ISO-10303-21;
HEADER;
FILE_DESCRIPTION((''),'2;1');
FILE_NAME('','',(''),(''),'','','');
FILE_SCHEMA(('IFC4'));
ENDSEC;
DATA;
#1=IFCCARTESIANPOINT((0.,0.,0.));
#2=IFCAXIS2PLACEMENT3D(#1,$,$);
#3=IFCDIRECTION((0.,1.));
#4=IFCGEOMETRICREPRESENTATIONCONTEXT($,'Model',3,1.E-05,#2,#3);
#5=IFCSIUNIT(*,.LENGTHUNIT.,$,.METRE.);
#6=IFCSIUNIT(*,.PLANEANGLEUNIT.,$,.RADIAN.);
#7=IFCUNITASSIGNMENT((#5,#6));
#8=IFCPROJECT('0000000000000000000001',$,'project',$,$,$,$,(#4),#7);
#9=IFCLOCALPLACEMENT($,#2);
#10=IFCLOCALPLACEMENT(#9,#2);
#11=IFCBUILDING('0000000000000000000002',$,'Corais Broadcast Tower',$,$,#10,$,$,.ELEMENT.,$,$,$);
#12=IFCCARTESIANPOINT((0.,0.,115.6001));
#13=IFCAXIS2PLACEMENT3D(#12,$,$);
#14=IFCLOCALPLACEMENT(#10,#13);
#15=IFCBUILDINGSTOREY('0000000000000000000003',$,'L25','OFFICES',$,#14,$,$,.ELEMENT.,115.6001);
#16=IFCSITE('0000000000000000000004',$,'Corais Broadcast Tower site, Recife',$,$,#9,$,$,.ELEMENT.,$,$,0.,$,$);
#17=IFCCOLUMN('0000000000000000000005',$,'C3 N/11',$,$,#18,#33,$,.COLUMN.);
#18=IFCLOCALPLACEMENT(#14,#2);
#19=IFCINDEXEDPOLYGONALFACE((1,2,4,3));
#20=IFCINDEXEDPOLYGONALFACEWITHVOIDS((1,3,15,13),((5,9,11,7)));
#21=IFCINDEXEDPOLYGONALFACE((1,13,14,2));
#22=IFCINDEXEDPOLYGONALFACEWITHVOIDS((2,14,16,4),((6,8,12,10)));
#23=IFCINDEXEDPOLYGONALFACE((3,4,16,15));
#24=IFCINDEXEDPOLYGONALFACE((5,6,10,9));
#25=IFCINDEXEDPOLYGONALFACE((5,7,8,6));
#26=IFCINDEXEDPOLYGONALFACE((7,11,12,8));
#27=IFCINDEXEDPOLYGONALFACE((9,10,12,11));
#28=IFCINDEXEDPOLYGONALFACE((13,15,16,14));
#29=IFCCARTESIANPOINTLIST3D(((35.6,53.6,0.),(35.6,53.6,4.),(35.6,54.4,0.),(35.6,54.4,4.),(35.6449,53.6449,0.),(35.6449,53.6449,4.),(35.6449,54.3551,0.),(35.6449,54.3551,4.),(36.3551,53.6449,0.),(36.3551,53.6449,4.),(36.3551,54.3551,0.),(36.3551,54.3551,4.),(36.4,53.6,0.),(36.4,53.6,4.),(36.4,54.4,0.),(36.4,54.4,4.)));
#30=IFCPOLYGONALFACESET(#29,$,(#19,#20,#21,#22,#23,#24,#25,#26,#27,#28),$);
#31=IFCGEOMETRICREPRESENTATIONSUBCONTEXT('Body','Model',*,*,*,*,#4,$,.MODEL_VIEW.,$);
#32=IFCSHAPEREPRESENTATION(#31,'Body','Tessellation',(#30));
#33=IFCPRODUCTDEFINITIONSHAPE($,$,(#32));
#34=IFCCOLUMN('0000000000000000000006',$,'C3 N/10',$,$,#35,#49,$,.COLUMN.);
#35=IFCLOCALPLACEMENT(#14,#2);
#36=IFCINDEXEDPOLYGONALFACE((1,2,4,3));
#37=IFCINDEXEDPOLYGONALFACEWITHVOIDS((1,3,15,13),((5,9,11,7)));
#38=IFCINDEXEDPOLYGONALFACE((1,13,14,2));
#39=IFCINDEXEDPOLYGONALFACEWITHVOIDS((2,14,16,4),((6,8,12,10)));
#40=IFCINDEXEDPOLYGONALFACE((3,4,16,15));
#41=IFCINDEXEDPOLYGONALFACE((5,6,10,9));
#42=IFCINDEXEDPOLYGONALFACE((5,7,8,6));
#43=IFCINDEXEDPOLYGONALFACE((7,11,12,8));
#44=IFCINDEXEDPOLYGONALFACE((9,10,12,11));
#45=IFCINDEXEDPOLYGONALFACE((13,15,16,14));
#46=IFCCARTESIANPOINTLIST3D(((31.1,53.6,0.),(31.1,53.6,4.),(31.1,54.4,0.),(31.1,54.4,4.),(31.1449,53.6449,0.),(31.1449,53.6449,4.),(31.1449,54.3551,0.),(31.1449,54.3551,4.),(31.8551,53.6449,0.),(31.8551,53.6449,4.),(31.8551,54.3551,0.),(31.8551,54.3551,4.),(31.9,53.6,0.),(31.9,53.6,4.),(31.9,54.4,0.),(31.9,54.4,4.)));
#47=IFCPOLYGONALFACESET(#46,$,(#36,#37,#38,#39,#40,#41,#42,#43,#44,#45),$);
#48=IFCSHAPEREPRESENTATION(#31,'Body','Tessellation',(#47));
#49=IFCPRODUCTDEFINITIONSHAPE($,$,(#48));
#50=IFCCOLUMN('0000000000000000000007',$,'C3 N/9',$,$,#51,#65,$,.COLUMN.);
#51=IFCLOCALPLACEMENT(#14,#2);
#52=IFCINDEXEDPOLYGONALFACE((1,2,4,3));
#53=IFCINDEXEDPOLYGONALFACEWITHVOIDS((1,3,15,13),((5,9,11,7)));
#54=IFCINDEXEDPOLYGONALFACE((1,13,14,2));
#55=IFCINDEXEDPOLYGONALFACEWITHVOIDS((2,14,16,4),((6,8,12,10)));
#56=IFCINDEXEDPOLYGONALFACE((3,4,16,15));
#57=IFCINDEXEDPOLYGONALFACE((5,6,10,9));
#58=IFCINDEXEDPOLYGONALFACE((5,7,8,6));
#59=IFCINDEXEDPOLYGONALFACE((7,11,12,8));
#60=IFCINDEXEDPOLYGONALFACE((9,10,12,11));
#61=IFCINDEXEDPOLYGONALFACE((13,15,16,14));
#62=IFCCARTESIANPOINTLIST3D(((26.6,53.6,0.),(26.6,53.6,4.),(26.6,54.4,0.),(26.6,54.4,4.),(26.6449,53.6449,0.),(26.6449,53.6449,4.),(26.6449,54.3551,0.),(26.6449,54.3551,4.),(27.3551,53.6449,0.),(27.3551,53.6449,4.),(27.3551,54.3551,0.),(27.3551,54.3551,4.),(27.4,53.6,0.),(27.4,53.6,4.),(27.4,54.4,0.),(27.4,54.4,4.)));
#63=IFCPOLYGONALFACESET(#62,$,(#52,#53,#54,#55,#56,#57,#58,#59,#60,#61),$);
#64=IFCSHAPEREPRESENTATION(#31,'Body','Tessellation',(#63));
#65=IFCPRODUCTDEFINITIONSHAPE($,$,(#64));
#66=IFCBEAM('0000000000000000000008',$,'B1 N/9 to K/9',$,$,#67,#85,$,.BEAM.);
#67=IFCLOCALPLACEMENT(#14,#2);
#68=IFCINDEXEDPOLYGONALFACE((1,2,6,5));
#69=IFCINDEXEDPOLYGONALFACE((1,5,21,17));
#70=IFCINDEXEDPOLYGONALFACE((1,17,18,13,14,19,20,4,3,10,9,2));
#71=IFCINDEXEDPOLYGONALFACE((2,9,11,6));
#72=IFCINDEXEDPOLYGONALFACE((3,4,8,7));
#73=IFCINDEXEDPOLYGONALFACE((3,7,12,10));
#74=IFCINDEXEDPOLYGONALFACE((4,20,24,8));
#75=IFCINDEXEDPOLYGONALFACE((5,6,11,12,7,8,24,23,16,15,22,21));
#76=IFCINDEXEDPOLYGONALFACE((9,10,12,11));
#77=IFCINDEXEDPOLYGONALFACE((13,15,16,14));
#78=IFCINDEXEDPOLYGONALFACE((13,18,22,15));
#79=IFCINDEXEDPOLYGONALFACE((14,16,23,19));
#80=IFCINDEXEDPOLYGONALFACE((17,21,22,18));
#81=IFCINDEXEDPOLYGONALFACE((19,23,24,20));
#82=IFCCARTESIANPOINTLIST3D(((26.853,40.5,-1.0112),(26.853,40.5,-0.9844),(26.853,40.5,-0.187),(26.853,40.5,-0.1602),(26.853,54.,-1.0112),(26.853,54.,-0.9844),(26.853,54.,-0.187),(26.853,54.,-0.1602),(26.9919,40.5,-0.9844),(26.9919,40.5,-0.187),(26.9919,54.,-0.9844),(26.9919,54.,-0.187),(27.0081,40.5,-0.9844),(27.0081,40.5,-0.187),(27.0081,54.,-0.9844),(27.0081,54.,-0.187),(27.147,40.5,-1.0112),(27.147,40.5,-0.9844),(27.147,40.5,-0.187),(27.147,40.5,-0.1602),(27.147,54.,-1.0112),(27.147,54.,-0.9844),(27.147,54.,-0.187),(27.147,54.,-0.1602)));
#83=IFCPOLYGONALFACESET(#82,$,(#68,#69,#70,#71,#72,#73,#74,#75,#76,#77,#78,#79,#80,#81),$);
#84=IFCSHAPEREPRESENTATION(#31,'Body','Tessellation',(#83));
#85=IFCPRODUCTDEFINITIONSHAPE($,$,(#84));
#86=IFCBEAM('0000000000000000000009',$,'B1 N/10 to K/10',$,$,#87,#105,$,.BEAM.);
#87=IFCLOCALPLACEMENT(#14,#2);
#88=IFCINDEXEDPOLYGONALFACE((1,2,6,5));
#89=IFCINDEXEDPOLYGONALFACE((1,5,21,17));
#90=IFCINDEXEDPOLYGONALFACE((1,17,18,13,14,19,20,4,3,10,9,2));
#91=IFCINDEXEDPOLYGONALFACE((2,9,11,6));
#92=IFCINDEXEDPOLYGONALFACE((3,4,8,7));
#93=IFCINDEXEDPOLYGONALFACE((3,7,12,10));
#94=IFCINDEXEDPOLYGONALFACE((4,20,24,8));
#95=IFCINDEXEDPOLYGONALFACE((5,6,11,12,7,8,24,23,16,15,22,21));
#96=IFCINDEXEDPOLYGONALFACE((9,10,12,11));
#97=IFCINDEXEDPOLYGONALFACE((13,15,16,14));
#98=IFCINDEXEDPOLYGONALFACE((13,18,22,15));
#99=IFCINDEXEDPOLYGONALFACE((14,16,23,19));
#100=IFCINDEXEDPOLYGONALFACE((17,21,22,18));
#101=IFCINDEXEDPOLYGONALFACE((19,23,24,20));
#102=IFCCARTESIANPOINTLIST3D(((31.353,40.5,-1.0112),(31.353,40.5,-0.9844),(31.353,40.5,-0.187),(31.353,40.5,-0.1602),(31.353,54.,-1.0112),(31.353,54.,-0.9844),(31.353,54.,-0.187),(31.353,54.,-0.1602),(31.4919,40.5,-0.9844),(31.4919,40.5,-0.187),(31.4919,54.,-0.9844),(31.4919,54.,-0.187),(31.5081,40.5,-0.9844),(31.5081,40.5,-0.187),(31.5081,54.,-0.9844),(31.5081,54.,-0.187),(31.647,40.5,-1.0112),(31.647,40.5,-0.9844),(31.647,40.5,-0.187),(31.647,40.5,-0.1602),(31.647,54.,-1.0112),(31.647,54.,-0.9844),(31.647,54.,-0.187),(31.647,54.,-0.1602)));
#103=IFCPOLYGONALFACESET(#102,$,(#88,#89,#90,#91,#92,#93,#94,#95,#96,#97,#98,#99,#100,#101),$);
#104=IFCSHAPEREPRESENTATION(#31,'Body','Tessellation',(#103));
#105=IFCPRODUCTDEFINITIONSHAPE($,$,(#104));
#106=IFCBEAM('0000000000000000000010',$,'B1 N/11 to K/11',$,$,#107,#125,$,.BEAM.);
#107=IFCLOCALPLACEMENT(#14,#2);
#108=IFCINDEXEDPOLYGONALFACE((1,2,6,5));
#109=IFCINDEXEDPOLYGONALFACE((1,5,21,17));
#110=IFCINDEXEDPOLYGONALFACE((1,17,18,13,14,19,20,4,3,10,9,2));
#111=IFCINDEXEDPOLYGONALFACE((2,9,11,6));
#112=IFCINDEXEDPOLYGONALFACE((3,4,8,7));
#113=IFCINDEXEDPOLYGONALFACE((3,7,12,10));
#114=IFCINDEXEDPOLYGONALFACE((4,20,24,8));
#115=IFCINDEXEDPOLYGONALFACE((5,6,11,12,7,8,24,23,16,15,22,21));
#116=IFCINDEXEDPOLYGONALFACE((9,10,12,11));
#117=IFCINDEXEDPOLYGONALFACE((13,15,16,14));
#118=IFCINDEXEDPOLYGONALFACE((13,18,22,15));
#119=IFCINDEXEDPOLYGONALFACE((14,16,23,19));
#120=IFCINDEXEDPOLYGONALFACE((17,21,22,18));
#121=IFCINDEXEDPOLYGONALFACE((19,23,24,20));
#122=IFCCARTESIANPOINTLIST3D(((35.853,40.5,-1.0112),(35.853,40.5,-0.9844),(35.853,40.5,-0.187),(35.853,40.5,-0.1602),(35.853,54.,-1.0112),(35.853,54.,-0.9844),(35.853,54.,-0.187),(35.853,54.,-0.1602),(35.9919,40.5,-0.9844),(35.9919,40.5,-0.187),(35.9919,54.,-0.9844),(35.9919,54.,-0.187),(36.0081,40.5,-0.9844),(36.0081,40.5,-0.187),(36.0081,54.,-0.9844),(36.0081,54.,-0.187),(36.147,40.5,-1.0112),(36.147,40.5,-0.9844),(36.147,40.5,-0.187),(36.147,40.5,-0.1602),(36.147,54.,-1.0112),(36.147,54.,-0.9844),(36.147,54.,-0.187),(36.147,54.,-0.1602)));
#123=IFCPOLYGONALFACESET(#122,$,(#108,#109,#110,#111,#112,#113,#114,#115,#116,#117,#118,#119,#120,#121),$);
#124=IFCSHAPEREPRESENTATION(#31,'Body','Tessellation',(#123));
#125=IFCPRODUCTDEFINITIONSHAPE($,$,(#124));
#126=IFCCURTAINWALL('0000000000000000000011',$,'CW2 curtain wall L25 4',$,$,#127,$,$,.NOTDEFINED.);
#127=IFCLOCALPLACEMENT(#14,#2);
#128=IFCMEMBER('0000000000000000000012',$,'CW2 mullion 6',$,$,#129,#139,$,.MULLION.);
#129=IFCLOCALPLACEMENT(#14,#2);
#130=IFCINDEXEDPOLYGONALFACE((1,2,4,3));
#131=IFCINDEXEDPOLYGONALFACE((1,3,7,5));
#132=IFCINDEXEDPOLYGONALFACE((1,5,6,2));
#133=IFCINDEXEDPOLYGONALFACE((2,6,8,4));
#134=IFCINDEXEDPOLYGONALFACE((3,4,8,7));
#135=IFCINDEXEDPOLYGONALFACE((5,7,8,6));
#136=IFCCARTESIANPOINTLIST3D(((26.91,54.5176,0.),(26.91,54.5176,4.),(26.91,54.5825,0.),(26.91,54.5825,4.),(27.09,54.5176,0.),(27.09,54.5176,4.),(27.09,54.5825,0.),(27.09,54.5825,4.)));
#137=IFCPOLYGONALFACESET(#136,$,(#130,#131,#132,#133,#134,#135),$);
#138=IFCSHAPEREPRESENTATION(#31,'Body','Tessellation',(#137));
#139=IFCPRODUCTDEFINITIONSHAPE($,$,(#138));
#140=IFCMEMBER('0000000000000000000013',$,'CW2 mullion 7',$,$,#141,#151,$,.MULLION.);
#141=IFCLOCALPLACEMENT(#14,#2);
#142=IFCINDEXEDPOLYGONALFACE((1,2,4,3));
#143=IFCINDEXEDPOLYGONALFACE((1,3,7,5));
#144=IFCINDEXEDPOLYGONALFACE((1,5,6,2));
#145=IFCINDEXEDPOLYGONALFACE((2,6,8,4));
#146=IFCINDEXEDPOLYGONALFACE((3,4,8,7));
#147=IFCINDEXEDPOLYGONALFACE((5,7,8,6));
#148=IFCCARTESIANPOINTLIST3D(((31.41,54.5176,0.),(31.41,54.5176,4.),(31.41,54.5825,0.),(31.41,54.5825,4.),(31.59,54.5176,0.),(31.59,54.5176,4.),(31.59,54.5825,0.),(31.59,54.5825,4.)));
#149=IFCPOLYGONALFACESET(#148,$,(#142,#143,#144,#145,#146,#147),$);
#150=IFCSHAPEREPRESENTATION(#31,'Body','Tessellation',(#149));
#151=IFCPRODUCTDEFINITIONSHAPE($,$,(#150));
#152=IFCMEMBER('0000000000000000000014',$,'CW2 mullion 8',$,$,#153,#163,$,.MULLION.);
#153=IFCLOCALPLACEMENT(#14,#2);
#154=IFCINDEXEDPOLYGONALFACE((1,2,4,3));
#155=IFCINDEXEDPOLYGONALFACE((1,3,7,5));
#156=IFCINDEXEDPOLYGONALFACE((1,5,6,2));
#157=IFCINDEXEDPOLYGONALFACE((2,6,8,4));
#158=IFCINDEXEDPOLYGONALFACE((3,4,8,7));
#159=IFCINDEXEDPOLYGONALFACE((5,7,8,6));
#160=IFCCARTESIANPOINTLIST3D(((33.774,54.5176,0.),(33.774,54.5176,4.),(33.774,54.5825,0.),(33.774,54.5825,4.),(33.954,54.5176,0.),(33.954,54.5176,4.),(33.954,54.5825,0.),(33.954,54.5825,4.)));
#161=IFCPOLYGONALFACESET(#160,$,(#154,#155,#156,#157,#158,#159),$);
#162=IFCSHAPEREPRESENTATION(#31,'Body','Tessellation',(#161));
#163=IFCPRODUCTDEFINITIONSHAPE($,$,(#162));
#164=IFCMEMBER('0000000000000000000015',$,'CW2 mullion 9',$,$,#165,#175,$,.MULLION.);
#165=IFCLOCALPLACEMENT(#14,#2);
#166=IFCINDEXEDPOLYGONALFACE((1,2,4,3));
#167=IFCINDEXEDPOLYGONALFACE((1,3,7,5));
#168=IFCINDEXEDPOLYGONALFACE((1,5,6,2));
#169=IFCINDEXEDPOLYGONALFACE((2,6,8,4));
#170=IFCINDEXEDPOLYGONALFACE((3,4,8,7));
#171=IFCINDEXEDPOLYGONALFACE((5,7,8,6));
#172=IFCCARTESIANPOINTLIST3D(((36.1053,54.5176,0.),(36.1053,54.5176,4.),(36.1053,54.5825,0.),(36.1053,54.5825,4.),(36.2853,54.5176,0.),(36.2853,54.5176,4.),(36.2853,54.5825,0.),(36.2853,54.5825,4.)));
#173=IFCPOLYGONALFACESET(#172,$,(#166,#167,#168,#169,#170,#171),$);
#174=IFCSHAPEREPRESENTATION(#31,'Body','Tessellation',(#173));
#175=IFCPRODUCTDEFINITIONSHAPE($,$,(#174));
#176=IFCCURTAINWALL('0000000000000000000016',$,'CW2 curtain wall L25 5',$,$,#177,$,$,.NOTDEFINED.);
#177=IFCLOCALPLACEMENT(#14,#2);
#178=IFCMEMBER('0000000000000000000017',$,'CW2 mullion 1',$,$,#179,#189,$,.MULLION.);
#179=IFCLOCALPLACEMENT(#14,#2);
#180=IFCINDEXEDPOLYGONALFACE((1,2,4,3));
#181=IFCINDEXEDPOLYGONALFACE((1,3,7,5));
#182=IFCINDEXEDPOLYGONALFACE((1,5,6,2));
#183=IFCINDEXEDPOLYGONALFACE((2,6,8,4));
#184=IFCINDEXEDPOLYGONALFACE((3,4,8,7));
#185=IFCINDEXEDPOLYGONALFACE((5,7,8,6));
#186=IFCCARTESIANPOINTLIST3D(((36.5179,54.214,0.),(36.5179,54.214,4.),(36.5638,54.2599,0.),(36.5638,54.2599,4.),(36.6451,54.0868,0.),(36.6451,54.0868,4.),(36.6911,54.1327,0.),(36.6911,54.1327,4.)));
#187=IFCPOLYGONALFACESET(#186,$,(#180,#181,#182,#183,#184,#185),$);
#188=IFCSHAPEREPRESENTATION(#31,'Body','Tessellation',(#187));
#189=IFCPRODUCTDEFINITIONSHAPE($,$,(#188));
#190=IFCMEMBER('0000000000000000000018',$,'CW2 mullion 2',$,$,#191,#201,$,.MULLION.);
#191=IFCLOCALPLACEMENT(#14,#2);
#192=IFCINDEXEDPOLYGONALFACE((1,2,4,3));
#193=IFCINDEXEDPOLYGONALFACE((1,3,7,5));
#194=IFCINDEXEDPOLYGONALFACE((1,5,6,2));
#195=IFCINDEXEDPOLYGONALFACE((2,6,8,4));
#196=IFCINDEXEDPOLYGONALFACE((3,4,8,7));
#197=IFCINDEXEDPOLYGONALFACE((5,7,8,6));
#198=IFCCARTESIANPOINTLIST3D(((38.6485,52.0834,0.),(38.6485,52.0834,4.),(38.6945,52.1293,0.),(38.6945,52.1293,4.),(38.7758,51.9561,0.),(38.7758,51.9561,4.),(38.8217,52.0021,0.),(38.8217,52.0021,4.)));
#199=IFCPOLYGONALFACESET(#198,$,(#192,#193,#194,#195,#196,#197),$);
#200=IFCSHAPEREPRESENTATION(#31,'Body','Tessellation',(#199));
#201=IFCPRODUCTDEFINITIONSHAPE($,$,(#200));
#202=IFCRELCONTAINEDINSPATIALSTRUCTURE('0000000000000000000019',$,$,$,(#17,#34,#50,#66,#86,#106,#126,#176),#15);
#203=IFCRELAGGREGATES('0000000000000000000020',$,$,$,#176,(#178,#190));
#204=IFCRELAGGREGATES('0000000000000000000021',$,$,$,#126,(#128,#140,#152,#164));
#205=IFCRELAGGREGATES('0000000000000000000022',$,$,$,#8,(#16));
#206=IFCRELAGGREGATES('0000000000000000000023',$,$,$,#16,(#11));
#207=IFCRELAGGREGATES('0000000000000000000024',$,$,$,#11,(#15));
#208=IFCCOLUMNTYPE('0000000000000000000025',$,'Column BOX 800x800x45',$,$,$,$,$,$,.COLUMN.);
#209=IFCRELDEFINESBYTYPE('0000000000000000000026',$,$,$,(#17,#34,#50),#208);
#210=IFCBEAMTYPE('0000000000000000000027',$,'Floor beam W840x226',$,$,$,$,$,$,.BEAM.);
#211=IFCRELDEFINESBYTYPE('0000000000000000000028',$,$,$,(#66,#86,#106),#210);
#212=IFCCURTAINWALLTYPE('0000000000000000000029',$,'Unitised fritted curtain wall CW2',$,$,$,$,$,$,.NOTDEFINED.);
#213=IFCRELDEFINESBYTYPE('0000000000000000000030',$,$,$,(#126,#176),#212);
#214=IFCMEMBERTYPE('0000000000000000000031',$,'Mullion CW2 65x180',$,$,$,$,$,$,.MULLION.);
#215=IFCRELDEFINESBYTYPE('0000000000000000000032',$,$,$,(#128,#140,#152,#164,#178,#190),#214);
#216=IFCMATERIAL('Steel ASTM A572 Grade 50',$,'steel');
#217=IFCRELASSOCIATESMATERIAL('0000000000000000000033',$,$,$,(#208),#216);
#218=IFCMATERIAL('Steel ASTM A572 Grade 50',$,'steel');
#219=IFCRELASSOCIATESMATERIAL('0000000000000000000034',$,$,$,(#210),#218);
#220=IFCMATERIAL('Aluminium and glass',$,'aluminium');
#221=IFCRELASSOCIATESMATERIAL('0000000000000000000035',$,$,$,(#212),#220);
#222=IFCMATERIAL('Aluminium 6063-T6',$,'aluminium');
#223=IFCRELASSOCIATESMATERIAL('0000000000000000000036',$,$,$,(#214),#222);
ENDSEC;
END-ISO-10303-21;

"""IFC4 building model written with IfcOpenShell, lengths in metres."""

from ifc_helpers import new_model, si_unit, direction, frame, origin, origin_2d, place, context, subcontext, project, spatial, rectangle, hollow_rectangle, i_section, extrude, material, material_profile, profile_set, type_object, element, aggregate, save


model = new_model("IFC4")

# Units and contexts
model_context = context("Model", 3, precision=1e-05, world=origin(), true_north=direction((0.0, 1.0)))
body_context = subcontext(model_context, "Body", "Model", "MODEL_VIEW")
ifc_project = project(units=[si_unit("LENGTHUNIT", "METRE"), si_unit("PLANEANGLEUNIT", "RADIAN")], contexts=[model_context])

# Site, building, storey
site_placement = place(None, origin())
site = spatial("IfcSite", under=ifc_project, at=site_placement, Name="Corais Broadcast Tower site, Recife", CompositionType="ELEMENT", RefElevation=0.0)
building_placement = place(site_placement, origin())
building = spatial("IfcBuilding", under=site, at=building_placement, Name="Corais Broadcast Tower", CompositionType="ELEMENT")
storey_placement = place(building_placement, frame((0.0, 0.0, 115.6001)))
storey = spatial("IfcBuildingStorey", under=building, at=storey_placement, Name="L25", Description="OFFICES", CompositionType="ELEMENT", Elevation=115.6001)

# Columns
ifc_material_1 = material(Name="Steel ASTM A572 Grade 50", Category="steel")
ifc_material_profile_1 = material_profile(ifc_material_1, hollow_rectangle(XDim=0.8, YDim=0.8, WallThickness=0.0449, at=origin_2d()), Name="BOX 800x800x45")
ifc_profile_set_1 = profile_set([ifc_material_profile_1], Name="Steel ASTM A572 Grade 50")
column_type = type_object("IfcColumnType", Name="Column BOX 800x800x45", PredefinedType="COLUMN", material=ifc_profile_set_1)
for number, where, z_axis, x_axis, name in (
    (1, (36.0, 54.0, 0.0), (0.0, 0.0, 1.0), (1.0, 0.0, 0.0), "C3 N/11"),
    (2, (31.5, 54.0, 0.0), (0.0, 0.0, 1.0), (1.0, 0.0, 0.0), "C3 N/10"),
    (3, (27.0, 54.0, 0.0), (0.0, 0.0, 1.0), (1.0, 0.0, 0.0), "C3 N/9"),
):
    element("IfcColumn", number, at=place(storey_placement, frame(where, z_axis=z_axis, x_axis=x_axis)), inside=storey, type_object=column_type, Name=name, PredefinedType="COLUMN", context=body_context, shape_type="SweptSolid", body=[
        extrude(hollow_rectangle(XDim=0.8, YDim=0.8, WallThickness=0.0449, at=origin_2d()), origin(), (0.0, 0.0, 1.0), 4.0),
    ])

# Beams
ifc_material_2 = material(Name="Steel ASTM A572 Grade 50", Category="steel")
ifc_material_profile_2 = material_profile(ifc_material_2, i_section(OverallWidth=0.2939, OverallDepth=0.8511, WebThickness=0.0161, FlangeThickness=0.0269, at=origin_2d()), Name="W840x226")
ifc_profile_set_2 = profile_set([ifc_material_profile_2], Name="Steel ASTM A572 Grade 50")
beam_type_1 = type_object("IfcBeamType", Name="Floor beam W840x226", PredefinedType="BEAM", material=ifc_profile_set_2)
for number, where, z_axis, x_axis, name in (
    (4, (27.0, 54.0, -0.5857), (0.0, -1.0, 0.0), (1.0, 0.0, 0.0), "B1 N/9 to K/9"),
    (5, (31.5, 54.0, -0.5857), (0.0, -1.0, 0.0), (1.0, 0.0, 0.0), "B1 N/10 to K/10"),
    (6, (36.0, 54.0, -0.5857), (0.0, -1.0, 0.0), (1.0, 0.0, 0.0), "B1 N/11 to K/11"),
):
    element("IfcBeam", number, at=place(storey_placement, frame(where, z_axis=z_axis, x_axis=x_axis)), inside=storey, type_object=beam_type_1, Name=name, PredefinedType="BEAM", context=body_context, shape_type="SweptSolid", body=[
        extrude(i_section(OverallWidth=0.2939, OverallDepth=0.8511, WebThickness=0.0161, FlangeThickness=0.0269, at=origin_2d()), origin(), (0.0, 0.0, 1.0), 13.5),
    ])

# Curtain walls, members
ifc_material_3 = material(Name="Aluminium and glass", Category="aluminium")
curtain_wall_type = type_object("IfcCurtainWallType", Name="Unitised fritted curtain wall CW2", PredefinedType="NOTDEFINED", material=ifc_material_3)
curtain_wall_1_placement = place(storey_placement, origin())
curtain_wall_1 = element("IfcCurtainWall", 7, at=curtain_wall_1_placement, inside=storey, type_object=curtain_wall_type, Name="CW2 curtain wall L25 4", PredefinedType="NOTDEFINED")
ifc_material_4 = material(Name="Aluminium 6063-T6", Category="aluminium")
ifc_material_profile_3 = material_profile(ifc_material_4, rectangle(XDim=0.0649, YDim=0.1799, at=origin_2d()), Name="Mullion CW2 65x180")
ifc_profile_set_3 = profile_set([ifc_material_profile_3], Name="Aluminium 6063-T6")
member_type_1 = type_object("IfcMemberType", Name="Mullion CW2 65x180", PredefinedType="MULLION", material=ifc_profile_set_3)
member_1_placement = place(storey_placement, frame((27.0, 54.55, 0.0), z_axis=(0.0, 0.0, 1.0), x_axis=(0.0, 1.0, 0.0)))
member_1 = element("IfcMember", 8, at=member_1_placement, type_object=member_type_1, Name="CW2 mullion 6", PredefinedType="MULLION", context=body_context, shape_type="SweptSolid", body=[
    extrude(rectangle(XDim=0.0649, YDim=0.1799, at=origin_2d()), origin(), (0.0, 0.0, 1.0), 4.0),
])
member_2_placement = place(storey_placement, frame((31.5, 54.55, 0.0), z_axis=(0.0, 0.0, 1.0), x_axis=(0.0, 1.0, 0.0)))
member_2 = element("IfcMember", 9, at=member_2_placement, type_object=member_type_1, Name="CW2 mullion 7", PredefinedType="MULLION", context=body_context, shape_type="SweptSolid", body=[
    extrude(rectangle(XDim=0.0649, YDim=0.1799, at=origin_2d()), origin(), (0.0, 0.0, 1.0), 4.0),
])
member_3_placement = place(storey_placement, frame((33.864, 54.55, 0.0), z_axis=(0.0, 0.0, 1.0), x_axis=(0.0, 1.0, 0.0)))
member_3 = element("IfcMember", 10, at=member_3_placement, type_object=member_type_1, Name="CW2 mullion 8", PredefinedType="MULLION", context=body_context, shape_type="SweptSolid", body=[
    extrude(rectangle(XDim=0.0649, YDim=0.1799, at=origin_2d()), origin(), (0.0, 0.0, 1.0), 4.0),
])
member_4_placement = place(storey_placement, frame((36.1953, 54.55, 0.0), z_axis=(0.0, 0.0, 1.0), x_axis=(0.0, 1.0, 0.0)))
member_4 = element("IfcMember", 11, at=member_4_placement, type_object=member_type_1, Name="CW2 mullion 9", PredefinedType="MULLION", context=body_context, shape_type="SweptSolid", body=[
    extrude(rectangle(XDim=0.0649, YDim=0.1799, at=origin_2d()), origin(), (0.0, 0.0, 1.0), 4.0),
])
curtain_wall_2_placement = place(storey_placement, origin())
curtain_wall_2 = element("IfcCurtainWall", 12, at=curtain_wall_2_placement, inside=storey, type_object=curtain_wall_type, Name="CW2 curtain wall L25 5", PredefinedType="NOTDEFINED")
member_5_placement = place(storey_placement, frame((36.6045, 54.1733, 0.0), z_axis=(0.0, 0.0, 1.0), x_axis=(0.707107, 0.707107, 0.0)))
member_5 = element("IfcMember", 13, at=member_5_placement, type_object=member_type_1, Name="CW2 mullion 1", PredefinedType="MULLION", context=body_context, shape_type="SweptSolid", body=[
    extrude(rectangle(XDim=0.0649, YDim=0.1799, at=origin_2d()), origin(), (0.0, 0.0, 1.0), 4.0),
])
member_6_placement = place(storey_placement, frame((38.7351, 52.0427, 0.0), z_axis=(0.0, 0.0, 1.0), x_axis=(0.707107, 0.707107, 0.0)))
member_6 = element("IfcMember", 14, at=member_6_placement, type_object=member_type_1, Name="CW2 mullion 2", PredefinedType="MULLION", context=body_context, shape_type="SweptSolid", body=[
    extrude(rectangle(XDim=0.0649, YDim=0.1799, at=origin_2d()), origin(), (0.0, 0.0, 1.0), 4.0),
])

aggregate(curtain_wall_2, [member_5, member_6])
aggregate(curtain_wall_1, [member_1, member_2, member_3, member_4])

save(model, "model.ifc")
